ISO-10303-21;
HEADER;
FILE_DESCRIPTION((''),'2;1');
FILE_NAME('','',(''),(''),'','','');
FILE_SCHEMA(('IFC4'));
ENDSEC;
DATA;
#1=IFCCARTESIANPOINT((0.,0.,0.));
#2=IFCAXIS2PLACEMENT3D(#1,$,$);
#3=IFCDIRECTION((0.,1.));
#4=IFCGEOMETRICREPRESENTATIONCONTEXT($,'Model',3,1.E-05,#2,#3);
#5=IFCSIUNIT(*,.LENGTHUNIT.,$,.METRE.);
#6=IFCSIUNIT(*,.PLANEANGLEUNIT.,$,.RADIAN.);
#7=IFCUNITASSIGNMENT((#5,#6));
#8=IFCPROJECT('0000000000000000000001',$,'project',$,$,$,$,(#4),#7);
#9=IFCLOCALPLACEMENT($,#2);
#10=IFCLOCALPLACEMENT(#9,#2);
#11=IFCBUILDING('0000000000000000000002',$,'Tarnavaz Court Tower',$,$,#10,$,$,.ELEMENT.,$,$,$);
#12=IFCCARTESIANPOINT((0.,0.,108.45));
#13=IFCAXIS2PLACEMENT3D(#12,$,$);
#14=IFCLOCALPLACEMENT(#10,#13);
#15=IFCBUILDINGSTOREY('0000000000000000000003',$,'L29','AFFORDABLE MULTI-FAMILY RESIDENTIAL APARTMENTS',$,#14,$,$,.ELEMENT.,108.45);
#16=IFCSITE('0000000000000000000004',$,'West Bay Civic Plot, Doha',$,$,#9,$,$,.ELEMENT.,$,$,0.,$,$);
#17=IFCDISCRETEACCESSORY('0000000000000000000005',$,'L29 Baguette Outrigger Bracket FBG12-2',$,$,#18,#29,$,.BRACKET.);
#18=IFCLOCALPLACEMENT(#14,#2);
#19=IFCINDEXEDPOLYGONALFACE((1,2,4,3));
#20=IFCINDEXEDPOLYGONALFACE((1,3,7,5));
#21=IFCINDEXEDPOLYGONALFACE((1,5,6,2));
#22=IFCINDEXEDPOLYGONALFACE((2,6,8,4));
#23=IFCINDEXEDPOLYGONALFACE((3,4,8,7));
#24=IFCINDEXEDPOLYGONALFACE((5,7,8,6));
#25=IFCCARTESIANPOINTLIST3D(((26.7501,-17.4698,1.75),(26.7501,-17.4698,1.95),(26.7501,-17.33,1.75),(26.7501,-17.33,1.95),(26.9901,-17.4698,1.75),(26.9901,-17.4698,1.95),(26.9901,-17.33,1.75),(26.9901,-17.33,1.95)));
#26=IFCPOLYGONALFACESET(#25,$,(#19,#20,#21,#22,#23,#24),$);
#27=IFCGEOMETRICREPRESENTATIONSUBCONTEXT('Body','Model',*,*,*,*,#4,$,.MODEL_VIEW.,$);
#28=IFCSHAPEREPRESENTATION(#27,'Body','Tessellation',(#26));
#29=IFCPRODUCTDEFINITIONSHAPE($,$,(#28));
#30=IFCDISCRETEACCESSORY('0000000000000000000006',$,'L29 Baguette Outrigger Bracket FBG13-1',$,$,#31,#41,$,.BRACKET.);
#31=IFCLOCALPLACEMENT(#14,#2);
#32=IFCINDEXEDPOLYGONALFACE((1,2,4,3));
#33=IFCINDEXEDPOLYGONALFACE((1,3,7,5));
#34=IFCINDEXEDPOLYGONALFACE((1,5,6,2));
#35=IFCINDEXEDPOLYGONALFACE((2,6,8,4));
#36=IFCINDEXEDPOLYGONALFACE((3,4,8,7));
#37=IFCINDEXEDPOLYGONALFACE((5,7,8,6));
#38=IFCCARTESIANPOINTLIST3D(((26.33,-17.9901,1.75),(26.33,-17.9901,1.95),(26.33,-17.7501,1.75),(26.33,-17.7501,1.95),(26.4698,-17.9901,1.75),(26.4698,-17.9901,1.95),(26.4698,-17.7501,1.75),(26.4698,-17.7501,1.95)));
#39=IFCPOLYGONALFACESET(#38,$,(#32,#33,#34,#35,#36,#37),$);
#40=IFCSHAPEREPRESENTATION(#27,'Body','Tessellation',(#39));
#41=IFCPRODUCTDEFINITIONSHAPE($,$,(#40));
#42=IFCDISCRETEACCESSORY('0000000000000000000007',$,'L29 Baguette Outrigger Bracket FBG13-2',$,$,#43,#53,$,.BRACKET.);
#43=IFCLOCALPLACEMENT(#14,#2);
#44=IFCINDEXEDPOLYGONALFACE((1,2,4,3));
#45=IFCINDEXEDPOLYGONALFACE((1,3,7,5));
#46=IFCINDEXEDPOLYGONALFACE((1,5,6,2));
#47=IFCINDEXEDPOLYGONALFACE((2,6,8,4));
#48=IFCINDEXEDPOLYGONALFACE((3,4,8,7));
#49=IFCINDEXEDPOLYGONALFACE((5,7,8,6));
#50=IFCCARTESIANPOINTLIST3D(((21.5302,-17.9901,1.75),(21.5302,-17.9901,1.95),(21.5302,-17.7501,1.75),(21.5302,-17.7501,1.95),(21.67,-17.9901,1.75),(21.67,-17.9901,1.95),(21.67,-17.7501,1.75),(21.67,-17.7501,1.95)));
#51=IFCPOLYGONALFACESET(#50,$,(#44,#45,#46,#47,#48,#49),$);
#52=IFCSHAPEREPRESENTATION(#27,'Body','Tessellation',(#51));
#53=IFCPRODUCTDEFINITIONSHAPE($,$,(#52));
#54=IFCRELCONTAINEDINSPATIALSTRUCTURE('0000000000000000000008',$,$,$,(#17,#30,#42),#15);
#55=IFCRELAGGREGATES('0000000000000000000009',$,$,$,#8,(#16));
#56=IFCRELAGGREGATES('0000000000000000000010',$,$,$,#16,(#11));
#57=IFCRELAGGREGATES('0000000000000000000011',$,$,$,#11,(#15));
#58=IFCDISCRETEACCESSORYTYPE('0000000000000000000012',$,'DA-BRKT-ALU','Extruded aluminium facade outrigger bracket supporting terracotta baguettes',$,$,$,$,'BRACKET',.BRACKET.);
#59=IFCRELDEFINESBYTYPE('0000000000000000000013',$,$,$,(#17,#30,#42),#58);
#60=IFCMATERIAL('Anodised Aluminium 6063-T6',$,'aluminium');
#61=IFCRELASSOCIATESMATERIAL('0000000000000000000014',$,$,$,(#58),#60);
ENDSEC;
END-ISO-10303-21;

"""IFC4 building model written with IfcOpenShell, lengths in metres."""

from ifc_helpers import new_model, si_unit, direction, frame, origin, origin_2d, place, context, subcontext, project, spatial, rectangle, extrude, material, type_object, element, save


model = new_model("IFC4")

# Units and contexts
model_context = context("Model", 3, precision=1e-05, world=origin(), true_north=direction((0.0, 1.0)))
body_context = subcontext(model_context, "Body", "Model", "MODEL_VIEW")
ifc_project = project(units=[si_unit("LENGTHUNIT", "METRE"), si_unit("PLANEANGLEUNIT", "RADIAN")], contexts=[model_context])

# Site, building, storey
site_placement = place(None, origin())
site = spatial("IfcSite", under=ifc_project, at=site_placement, Name="West Bay Civic Plot, Doha", CompositionType="ELEMENT", RefElevation=0.0)
building_placement = place(site_placement, origin())
building = spatial("IfcBuilding", under=site, at=building_placement, Name="Tarnavaz Court Tower", CompositionType="ELEMENT")
storey_placement = place(building_placement, frame((0.0, 0.0, 108.45)))
storey = spatial("IfcBuildingStorey", under=building, at=storey_placement, Name="L29", Description="AFFORDABLE MULTI-FAMILY RESIDENTIAL APARTMENTS", CompositionType="ELEMENT", Elevation=108.45)

# Discrete accessories
ifc_material_1 = material(Name="Anodised Aluminium 6063-T6", Category="aluminium")
discrete_accessory_type = type_object("IfcDiscreteAccessoryType", Name="DA-BRKT-ALU", Description="Extruded aluminium facade outrigger bracket supporting terracotta baguettes", ElementType="BRACKET", PredefinedType="BRACKET", material=ifc_material_1)
for number, where, z_axis, x_axis, name in (
    (1, (26.8701, -17.3999, 1.75), (0.0, 0.0, 1.0), (0.0, -1.0, 0.0), "L29 Baguette Outrigger Bracket FBG12-2"),
    (2, (26.3999, -17.8701, 1.75), (0.0, 0.0, 1.0), (-1.0, 0.0, 0.0), "L29 Baguette Outrigger Bracket FBG13-1"),
    (3, (21.6001, -17.8701, 1.75), (0.0, 0.0, 1.0), (-1.0, 0.0, 0.0), "L29 Baguette Outrigger Bracket FBG13-2"),
):
    element("IfcDiscreteAccessory", number, at=place(storey_placement, frame(where, z_axis=z_axis, x_axis=x_axis)), inside=storey, type_object=discrete_accessory_type, Name=name, PredefinedType="BRACKET", context=body_context, shape_type="SweptSolid", body=[
        extrude(rectangle(XDim=0.1399, YDim=0.24, at=origin_2d()), origin(), (0.0, 0.0, 1.0), 0.2),
    ])

save(model, "model.ifc")
